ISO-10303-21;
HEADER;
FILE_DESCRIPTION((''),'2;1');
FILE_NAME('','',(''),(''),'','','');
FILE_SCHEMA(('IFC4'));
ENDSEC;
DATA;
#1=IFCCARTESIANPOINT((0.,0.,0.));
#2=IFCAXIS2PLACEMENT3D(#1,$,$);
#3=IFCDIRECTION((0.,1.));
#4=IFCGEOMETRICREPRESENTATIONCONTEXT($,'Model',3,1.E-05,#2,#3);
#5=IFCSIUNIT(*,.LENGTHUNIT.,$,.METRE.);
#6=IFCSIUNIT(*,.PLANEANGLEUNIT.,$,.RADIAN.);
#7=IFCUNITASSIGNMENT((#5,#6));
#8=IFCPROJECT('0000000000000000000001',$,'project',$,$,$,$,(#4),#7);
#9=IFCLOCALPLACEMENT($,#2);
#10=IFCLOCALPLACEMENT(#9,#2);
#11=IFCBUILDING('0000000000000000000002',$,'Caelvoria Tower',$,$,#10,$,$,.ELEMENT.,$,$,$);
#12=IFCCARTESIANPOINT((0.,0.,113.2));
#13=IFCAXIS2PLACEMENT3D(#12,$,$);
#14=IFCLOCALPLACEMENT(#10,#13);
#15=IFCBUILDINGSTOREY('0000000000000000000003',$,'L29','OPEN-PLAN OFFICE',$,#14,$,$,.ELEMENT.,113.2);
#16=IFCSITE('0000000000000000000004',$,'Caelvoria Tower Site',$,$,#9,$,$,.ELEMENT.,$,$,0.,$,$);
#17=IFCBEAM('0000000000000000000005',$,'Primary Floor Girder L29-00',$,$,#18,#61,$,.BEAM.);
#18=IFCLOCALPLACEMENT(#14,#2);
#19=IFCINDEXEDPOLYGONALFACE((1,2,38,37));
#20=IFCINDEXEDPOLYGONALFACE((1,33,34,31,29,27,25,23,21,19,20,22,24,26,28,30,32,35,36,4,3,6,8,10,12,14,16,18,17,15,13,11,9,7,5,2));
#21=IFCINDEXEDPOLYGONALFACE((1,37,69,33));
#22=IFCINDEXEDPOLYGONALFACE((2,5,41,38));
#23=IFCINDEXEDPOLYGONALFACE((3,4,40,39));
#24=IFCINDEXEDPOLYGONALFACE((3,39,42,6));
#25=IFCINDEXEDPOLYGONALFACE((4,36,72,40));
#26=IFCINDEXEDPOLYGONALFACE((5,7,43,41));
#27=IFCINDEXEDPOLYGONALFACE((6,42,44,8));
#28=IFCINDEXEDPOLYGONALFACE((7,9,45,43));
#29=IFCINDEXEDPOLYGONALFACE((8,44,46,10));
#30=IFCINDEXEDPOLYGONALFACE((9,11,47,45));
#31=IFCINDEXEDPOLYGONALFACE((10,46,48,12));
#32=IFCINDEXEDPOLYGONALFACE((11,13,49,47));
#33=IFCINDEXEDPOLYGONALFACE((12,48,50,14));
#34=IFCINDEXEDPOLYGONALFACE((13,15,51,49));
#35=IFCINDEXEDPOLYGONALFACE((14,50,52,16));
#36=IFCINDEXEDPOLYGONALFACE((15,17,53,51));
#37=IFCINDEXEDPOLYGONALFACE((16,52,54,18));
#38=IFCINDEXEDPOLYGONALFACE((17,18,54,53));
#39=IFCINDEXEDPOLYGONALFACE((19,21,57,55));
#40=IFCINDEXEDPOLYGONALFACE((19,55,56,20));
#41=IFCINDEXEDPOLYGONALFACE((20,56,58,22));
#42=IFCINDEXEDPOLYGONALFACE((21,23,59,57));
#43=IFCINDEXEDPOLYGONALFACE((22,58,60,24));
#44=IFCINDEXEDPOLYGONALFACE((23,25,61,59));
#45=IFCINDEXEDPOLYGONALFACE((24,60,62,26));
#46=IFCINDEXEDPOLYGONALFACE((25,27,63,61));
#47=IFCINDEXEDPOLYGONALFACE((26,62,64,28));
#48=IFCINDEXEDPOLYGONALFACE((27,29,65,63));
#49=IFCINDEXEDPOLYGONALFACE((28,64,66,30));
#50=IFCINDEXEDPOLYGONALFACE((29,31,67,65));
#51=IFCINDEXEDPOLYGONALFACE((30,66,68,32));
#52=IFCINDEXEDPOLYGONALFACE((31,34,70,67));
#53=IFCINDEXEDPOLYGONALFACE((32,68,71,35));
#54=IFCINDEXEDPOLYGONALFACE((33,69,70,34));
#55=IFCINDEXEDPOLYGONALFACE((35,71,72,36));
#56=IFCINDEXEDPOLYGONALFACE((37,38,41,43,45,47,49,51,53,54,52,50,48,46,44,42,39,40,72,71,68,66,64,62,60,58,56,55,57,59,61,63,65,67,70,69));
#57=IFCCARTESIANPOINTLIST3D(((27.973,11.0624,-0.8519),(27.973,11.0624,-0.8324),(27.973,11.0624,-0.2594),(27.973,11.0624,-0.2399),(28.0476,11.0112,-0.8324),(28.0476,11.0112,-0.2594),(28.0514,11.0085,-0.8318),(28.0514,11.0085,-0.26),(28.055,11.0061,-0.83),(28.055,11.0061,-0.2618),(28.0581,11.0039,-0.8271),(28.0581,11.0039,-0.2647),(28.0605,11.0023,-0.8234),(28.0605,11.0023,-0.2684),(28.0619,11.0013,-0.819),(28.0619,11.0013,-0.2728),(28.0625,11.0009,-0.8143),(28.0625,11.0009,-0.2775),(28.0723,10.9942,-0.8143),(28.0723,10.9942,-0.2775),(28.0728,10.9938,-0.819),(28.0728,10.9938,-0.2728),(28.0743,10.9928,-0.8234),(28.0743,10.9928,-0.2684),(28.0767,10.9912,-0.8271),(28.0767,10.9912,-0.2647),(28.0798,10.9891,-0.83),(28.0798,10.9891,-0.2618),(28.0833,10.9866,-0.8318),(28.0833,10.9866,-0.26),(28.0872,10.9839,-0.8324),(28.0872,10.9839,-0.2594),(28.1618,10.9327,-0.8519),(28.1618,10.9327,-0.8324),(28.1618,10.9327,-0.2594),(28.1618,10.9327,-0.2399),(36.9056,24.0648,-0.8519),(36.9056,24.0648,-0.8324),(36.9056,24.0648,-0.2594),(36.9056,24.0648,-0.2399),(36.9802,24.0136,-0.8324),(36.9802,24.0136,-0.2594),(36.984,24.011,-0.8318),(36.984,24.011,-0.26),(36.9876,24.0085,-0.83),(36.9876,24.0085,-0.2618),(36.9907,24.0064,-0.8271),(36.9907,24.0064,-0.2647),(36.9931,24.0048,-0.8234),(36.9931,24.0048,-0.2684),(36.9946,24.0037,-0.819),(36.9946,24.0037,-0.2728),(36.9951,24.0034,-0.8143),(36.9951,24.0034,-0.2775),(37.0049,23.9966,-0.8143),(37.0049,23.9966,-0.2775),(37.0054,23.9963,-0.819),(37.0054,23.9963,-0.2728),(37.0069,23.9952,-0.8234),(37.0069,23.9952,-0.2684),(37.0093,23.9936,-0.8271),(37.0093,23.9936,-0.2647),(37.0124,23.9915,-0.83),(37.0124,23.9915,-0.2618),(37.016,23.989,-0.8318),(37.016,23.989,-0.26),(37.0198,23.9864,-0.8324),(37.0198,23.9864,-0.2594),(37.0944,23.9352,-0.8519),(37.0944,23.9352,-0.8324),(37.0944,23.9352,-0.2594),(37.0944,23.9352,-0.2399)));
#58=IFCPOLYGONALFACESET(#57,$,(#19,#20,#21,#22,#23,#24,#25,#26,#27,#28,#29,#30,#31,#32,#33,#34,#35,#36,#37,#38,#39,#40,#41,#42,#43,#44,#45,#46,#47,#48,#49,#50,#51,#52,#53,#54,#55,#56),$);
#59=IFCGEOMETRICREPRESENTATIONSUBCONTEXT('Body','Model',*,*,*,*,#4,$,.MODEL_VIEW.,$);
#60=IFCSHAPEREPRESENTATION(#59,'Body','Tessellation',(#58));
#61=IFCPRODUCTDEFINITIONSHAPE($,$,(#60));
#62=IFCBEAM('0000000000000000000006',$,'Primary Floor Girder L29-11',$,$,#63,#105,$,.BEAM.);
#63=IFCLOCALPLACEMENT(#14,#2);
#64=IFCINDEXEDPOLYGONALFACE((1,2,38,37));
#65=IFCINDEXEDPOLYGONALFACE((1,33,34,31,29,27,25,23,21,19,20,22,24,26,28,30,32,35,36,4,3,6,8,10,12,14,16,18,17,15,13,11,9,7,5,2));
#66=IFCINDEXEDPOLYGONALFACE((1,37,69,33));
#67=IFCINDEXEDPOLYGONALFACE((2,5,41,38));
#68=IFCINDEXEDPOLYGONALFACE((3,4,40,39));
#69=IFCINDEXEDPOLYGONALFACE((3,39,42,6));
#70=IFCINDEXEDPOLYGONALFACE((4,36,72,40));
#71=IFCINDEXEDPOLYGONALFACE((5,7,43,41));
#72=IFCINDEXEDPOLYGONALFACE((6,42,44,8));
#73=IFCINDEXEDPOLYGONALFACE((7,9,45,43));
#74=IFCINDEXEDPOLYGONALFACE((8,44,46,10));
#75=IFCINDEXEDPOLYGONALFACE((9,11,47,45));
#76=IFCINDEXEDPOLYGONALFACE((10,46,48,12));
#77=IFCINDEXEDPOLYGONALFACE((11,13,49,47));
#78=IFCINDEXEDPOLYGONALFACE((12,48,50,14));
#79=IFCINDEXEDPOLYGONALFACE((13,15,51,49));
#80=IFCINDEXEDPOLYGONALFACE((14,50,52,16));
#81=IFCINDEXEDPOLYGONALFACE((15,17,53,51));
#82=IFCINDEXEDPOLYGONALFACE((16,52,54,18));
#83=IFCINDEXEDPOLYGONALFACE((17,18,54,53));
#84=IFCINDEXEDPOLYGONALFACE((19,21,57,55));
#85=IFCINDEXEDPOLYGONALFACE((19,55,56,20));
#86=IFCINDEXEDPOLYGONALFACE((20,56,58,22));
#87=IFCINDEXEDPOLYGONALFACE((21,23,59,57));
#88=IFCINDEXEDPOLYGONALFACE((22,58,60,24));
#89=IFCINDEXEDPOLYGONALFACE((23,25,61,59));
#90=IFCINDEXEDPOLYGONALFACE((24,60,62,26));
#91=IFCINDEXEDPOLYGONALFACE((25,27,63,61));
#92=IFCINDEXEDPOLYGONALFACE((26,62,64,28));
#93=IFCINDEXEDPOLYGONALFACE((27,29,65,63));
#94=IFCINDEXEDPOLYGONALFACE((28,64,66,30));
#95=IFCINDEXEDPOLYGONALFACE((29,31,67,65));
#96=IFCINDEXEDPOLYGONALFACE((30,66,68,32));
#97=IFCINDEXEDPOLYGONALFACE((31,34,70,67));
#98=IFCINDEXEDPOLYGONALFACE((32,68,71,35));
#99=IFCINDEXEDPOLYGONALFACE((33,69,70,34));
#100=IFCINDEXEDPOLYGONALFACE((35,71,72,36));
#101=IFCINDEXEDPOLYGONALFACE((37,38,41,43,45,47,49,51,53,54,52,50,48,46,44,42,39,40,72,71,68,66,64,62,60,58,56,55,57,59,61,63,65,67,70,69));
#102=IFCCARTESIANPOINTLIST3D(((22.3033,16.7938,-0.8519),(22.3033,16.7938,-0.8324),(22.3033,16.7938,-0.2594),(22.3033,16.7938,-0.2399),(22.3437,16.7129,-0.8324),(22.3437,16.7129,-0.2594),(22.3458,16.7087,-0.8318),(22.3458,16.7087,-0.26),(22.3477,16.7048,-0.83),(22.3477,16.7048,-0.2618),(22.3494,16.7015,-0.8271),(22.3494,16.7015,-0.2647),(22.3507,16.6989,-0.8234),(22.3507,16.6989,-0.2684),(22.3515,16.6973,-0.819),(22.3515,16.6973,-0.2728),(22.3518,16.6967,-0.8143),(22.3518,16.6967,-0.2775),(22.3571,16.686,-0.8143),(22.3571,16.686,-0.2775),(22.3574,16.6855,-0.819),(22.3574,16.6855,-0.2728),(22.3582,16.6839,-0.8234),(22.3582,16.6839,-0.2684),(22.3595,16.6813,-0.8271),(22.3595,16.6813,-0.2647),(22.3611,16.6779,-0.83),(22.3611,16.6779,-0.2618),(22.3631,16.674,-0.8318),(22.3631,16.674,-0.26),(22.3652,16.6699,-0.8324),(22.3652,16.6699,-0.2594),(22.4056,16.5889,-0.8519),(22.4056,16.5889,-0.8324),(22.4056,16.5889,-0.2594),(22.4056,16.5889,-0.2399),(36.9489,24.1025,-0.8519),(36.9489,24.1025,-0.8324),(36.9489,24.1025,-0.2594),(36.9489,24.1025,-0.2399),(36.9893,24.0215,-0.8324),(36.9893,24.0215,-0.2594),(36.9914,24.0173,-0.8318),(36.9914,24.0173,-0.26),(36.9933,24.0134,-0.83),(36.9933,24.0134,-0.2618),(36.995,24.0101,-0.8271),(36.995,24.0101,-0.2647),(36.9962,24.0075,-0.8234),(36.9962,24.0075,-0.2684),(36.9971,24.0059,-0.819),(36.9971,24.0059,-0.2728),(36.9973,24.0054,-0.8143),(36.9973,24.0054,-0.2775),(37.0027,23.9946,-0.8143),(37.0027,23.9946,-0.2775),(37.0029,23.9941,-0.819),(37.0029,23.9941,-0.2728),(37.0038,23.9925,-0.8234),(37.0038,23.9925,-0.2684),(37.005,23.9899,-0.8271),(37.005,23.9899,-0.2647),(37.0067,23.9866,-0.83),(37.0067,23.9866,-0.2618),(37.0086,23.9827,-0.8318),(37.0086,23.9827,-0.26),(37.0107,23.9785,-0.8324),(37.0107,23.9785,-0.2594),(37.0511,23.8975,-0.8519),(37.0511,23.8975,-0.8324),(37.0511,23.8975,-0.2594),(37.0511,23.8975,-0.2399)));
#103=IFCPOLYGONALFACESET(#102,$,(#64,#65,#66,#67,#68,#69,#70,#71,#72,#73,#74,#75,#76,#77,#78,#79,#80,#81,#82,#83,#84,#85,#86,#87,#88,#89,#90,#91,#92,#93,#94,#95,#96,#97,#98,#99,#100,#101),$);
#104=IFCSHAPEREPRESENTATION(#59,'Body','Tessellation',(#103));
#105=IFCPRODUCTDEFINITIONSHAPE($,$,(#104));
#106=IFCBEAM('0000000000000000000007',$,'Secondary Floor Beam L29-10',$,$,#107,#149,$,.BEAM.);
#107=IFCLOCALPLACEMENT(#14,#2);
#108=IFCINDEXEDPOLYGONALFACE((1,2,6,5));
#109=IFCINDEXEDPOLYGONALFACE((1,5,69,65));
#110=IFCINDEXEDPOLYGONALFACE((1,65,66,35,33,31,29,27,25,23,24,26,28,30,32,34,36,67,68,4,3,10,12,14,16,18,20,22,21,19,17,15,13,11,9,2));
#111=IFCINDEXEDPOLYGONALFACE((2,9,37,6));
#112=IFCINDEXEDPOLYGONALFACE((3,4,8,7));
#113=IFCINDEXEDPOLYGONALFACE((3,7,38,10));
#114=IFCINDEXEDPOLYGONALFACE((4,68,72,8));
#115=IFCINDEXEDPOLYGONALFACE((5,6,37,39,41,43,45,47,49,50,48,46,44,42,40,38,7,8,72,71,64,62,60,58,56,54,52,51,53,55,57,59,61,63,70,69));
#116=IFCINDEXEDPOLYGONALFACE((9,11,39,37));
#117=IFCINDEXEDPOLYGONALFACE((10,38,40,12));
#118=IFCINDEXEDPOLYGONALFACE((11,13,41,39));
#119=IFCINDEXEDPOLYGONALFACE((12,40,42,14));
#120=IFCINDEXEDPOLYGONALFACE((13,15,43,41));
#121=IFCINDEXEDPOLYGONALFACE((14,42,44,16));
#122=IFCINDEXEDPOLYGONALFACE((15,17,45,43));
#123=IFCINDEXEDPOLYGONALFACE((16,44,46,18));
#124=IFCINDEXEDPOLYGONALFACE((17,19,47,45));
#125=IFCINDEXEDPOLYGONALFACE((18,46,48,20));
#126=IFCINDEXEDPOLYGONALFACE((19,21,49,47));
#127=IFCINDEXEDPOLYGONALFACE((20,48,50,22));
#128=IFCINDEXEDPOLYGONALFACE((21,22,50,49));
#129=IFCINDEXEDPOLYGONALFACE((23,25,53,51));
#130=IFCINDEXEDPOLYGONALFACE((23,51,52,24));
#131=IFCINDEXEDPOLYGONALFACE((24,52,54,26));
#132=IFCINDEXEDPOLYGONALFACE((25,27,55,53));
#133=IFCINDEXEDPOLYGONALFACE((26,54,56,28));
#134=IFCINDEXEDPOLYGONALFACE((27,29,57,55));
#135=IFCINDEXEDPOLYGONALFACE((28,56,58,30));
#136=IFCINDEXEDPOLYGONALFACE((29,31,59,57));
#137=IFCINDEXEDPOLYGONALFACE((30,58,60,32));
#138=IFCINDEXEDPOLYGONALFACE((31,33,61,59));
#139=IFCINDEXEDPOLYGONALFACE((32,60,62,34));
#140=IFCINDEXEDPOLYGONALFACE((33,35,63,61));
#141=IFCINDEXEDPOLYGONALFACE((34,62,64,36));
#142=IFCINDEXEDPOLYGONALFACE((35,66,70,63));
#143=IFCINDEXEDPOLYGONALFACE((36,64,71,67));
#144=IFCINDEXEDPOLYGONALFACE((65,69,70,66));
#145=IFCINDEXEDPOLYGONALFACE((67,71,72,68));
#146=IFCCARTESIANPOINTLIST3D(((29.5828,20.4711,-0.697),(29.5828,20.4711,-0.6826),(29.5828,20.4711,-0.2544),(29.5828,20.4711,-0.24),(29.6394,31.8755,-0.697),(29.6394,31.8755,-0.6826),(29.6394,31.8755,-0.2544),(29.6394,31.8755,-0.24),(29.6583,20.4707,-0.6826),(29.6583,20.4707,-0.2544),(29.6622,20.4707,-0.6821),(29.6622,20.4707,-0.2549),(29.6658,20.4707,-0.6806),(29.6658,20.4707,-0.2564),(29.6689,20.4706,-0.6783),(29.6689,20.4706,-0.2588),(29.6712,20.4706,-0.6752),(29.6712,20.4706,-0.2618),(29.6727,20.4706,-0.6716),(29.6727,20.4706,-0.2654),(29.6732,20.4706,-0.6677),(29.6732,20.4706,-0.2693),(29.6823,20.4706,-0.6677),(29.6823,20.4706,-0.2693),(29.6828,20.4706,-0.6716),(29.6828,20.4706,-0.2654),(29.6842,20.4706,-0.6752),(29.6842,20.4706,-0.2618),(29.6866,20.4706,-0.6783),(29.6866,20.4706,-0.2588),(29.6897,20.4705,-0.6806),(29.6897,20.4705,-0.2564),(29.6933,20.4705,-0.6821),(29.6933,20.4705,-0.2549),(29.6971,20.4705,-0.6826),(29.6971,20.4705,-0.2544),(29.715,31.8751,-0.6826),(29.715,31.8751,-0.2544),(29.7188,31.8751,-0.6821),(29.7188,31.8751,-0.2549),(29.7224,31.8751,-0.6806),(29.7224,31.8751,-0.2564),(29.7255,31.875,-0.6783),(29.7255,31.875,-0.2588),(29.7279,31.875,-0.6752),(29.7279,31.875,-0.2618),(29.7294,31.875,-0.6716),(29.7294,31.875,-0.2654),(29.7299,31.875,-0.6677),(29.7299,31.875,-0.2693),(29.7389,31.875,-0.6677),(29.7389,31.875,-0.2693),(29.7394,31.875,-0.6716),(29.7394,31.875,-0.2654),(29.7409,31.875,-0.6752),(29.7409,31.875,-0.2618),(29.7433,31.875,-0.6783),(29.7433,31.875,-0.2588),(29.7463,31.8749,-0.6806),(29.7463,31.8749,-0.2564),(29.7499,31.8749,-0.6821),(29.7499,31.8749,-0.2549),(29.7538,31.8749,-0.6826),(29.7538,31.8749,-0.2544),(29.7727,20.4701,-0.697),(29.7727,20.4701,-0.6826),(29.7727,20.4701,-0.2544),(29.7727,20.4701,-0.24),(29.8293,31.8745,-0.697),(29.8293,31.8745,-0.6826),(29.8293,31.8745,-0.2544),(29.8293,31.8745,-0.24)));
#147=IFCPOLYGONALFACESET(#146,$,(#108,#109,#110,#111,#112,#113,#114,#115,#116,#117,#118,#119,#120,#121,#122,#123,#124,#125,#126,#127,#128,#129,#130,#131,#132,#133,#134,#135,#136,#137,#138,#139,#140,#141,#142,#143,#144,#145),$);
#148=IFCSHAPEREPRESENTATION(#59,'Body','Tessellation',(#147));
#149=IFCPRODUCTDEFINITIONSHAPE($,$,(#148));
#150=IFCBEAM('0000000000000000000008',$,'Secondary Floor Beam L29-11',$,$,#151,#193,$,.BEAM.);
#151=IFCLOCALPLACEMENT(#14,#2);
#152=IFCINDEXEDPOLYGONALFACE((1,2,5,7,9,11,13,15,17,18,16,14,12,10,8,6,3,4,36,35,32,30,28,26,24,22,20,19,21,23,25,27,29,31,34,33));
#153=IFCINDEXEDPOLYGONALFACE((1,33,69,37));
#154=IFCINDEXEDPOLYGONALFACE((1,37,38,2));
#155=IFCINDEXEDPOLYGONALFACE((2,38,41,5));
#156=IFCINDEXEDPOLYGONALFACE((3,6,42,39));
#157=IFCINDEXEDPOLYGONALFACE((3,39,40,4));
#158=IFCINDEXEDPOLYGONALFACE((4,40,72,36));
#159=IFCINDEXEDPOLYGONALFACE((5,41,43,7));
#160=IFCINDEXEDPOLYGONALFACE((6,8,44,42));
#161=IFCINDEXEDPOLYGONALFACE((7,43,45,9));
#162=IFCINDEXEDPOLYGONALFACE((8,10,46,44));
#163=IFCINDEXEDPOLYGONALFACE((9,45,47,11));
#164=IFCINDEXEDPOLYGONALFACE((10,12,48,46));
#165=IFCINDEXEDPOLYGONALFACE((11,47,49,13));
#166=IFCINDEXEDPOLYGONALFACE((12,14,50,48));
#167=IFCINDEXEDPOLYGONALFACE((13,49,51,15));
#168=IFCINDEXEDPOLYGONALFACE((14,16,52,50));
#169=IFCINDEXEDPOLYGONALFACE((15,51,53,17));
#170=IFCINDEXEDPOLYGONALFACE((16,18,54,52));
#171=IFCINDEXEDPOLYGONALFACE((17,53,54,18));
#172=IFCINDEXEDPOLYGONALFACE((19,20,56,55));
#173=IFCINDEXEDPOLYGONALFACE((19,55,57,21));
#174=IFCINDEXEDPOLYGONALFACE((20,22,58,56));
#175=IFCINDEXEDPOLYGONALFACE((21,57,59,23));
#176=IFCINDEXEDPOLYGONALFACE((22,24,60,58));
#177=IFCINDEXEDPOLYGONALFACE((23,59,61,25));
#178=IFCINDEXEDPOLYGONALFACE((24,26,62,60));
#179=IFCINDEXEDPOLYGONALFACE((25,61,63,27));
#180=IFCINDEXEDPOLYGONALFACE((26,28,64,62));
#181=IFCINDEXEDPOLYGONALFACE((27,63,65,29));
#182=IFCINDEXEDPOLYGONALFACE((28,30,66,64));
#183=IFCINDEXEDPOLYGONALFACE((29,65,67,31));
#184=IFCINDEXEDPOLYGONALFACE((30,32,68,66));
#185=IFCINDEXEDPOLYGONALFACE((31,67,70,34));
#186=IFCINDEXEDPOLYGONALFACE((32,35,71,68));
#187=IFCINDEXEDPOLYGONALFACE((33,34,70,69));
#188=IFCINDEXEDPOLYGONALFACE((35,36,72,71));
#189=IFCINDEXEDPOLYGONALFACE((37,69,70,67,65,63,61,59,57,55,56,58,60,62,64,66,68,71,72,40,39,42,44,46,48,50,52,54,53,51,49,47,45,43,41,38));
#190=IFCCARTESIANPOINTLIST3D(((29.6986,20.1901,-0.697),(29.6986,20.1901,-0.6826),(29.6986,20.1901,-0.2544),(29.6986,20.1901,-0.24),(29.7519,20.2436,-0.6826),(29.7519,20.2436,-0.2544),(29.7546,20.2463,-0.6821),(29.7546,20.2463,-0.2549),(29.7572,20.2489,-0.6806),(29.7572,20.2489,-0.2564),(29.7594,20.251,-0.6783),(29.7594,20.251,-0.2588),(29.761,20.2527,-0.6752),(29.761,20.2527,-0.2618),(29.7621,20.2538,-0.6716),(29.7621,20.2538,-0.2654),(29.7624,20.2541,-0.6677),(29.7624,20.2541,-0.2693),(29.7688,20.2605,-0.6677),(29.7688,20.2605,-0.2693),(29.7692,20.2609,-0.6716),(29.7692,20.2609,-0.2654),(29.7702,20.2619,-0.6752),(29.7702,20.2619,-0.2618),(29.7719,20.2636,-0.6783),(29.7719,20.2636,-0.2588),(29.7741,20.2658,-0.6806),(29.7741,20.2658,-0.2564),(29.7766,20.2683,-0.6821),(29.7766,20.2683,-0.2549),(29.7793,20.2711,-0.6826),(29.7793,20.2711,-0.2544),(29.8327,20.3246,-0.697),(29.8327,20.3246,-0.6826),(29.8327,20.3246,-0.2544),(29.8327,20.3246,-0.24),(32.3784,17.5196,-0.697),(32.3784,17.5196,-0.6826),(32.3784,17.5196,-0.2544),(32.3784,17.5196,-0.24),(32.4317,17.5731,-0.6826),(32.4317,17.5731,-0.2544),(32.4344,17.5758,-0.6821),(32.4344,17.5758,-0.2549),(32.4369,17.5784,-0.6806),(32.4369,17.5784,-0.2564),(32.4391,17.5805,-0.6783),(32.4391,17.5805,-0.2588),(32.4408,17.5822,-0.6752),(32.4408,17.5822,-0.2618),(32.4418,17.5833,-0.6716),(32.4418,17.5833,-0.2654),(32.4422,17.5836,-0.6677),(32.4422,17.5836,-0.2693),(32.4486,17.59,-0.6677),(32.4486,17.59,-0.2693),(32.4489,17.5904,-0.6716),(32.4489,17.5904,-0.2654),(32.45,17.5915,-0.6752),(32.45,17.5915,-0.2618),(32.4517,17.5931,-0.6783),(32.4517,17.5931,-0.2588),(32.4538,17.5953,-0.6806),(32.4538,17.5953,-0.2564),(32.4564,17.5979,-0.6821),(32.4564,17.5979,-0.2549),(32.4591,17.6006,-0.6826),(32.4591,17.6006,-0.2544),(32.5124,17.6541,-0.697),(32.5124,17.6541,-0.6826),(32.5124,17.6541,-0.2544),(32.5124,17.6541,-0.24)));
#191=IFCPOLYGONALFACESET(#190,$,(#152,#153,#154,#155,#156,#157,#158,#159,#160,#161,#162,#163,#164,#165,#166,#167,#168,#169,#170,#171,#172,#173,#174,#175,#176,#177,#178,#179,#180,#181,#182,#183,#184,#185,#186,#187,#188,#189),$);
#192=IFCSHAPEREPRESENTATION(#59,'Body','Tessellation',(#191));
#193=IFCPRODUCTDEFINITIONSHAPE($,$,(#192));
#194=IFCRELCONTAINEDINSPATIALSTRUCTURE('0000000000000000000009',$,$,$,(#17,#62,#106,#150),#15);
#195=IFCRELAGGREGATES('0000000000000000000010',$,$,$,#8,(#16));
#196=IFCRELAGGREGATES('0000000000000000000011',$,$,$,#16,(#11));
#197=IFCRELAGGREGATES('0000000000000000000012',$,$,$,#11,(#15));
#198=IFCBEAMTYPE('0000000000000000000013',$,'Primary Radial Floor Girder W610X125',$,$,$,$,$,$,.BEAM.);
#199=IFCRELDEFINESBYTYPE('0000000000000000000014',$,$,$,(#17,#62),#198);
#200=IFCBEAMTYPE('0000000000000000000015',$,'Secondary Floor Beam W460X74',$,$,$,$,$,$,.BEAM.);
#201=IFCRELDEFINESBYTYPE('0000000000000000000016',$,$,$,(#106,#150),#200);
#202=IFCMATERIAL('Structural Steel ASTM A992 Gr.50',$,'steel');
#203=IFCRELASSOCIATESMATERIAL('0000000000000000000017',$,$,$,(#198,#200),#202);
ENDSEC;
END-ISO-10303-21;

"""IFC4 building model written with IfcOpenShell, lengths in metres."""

from ifc_helpers import new_model, si_unit, direction, frame, origin, origin_2d, place, context, subcontext, project, spatial, i_section, extrude, material, material_profile, profile_set, type_object, element, save


model = new_model("IFC4")

# Units and contexts
model_context = context("Model", 3, precision=1e-05, world=origin(), true_north=direction((0.0, 1.0)))
body_context = subcontext(model_context, "Body", "Model", "MODEL_VIEW")
ifc_project = project(units=[si_unit("LENGTHUNIT", "METRE"), si_unit("PLANEANGLEUNIT", "RADIAN")], contexts=[model_context])

# Site, building, storey
site_placement = place(None, origin())
site = spatial("IfcSite", under=ifc_project, at=site_placement, Name="Caelvoria Tower Site", CompositionType="ELEMENT", RefElevation=0.0)
building_placement = place(site_placement, origin())
building = spatial("IfcBuilding", under=site, at=building_placement, Name="Caelvoria Tower", CompositionType="ELEMENT")
storey_placement = place(building_placement, frame((0.0, 0.0, 113.2)))
storey = spatial("IfcBuildingStorey", under=building, at=storey_placement, Name="L29", Description="OPEN-PLAN OFFICE", CompositionType="ELEMENT", Elevation=113.2)

# Beams
ifc_material_1 = material(Name="Structural Steel ASTM A992 Gr.50", Category="steel")
ifc_material_profile_1 = material_profile(ifc_material_1, i_section(OverallWidth=0.229, OverallDepth=0.6121, WebThickness=0.012, FlangeThickness=0.0195, FilletRadius=0.0181, at=origin_2d()), Name="Structural Steel ASTM A992 Gr.50")
ifc_profile_set_1 = profile_set([ifc_material_profile_1], Name="W610X125 - Structural Steel ASTM A992 Gr.50")
beam_type_1 = type_object("IfcBeamType", Name="Primary Radial Floor Girder W610X125", PredefinedType="BEAM", material=ifc_profile_set_1)
beam_1_placement = place(storey_placement, frame((37.0, 24.0, -0.5459), z_axis=(-0.566246, -0.824236, 0.0), x_axis=(0.824236, -0.566246, 0.0)))
element("IfcBeam", 1, at=beam_1_placement, inside=storey, type_object=beam_type_1, Name="Primary Floor Girder L29-00", PredefinedType="BEAM", context=body_context, shape_type="SweptSolid", body=[
    extrude(i_section(OverallWidth=0.229, OverallDepth=0.6121, WebThickness=0.012, FlangeThickness=0.0195, FilletRadius=0.0181, at=origin_2d()), origin(), (0.0, 0.0, 1.0), 15.7751),
])
beam_2_placement = place(storey_placement, frame((37.0, 24.0, -0.5459), z_axis=(-0.894773, -0.446521, 0.0), x_axis=(0.446521, -0.894773, 0.0)))
element("IfcBeam", 2, at=beam_2_placement, inside=storey, type_object=beam_type_1, Name="Primary Floor Girder L29-11", PredefinedType="BEAM", context=body_context, shape_type="SweptSolid", body=[
    extrude(i_section(OverallWidth=0.229, OverallDepth=0.6121, WebThickness=0.012, FlangeThickness=0.0195, FilletRadius=0.0181, at=origin_2d()), origin(), (0.0, 0.0, 1.0), 16.3679),
])
ifc_material_profile_2 = material_profile(ifc_material_1, i_section(OverallWidth=0.1899, OverallDepth=0.457, WebThickness=0.009, FlangeThickness=0.0144, FilletRadius=0.0149, at=origin_2d()), Name="Structural Steel ASTM A992 Gr.50")
ifc_profile_set_2 = profile_set([ifc_material_profile_2], Name="W460X74 - Structural Steel ASTM A992 Gr.50")
beam_type_2 = type_object("IfcBeamType", Name="Secondary Floor Beam W460X74", PredefinedType="BEAM", material=ifc_profile_set_2)
beam_3_placement = place(storey_placement, frame((29.7344, 31.875, -0.4685), z_axis=(-0.004967, -0.999988, 0.0), x_axis=(0.999988, -0.004967, 0.0)))
element("IfcBeam", 3, at=beam_3_placement, inside=storey, type_object=beam_type_2, Name="Secondary Floor Beam L29-10", PredefinedType="BEAM", context=body_context, shape_type="SweptSolid", body=[
    extrude(i_section(OverallWidth=0.1899, OverallDepth=0.457, WebThickness=0.009, FlangeThickness=0.0144, FilletRadius=0.0149, at=origin_2d()), origin(), (0.0, 0.0, 1.0), 11.4045),
])
beam_4_placement = place(storey_placement, frame((29.7656, 20.2573, -0.4685), z_axis=(0.708332, -0.70588, 0.0), x_axis=(0.70588, 0.708332, 0.0)))
element("IfcBeam", 4, at=beam_4_placement, inside=storey, type_object=beam_type_2, Name="Secondary Floor Beam L29-11", PredefinedType="BEAM", context=body_context, shape_type="SweptSolid", body=[
    extrude(i_section(OverallWidth=0.1899, OverallDepth=0.457, WebThickness=0.009, FlangeThickness=0.0144, FilletRadius=0.0149, at=origin_2d()), origin(), (0.0, 0.0, 1.0), 3.7832),
])

save(model, "model.ifc")
